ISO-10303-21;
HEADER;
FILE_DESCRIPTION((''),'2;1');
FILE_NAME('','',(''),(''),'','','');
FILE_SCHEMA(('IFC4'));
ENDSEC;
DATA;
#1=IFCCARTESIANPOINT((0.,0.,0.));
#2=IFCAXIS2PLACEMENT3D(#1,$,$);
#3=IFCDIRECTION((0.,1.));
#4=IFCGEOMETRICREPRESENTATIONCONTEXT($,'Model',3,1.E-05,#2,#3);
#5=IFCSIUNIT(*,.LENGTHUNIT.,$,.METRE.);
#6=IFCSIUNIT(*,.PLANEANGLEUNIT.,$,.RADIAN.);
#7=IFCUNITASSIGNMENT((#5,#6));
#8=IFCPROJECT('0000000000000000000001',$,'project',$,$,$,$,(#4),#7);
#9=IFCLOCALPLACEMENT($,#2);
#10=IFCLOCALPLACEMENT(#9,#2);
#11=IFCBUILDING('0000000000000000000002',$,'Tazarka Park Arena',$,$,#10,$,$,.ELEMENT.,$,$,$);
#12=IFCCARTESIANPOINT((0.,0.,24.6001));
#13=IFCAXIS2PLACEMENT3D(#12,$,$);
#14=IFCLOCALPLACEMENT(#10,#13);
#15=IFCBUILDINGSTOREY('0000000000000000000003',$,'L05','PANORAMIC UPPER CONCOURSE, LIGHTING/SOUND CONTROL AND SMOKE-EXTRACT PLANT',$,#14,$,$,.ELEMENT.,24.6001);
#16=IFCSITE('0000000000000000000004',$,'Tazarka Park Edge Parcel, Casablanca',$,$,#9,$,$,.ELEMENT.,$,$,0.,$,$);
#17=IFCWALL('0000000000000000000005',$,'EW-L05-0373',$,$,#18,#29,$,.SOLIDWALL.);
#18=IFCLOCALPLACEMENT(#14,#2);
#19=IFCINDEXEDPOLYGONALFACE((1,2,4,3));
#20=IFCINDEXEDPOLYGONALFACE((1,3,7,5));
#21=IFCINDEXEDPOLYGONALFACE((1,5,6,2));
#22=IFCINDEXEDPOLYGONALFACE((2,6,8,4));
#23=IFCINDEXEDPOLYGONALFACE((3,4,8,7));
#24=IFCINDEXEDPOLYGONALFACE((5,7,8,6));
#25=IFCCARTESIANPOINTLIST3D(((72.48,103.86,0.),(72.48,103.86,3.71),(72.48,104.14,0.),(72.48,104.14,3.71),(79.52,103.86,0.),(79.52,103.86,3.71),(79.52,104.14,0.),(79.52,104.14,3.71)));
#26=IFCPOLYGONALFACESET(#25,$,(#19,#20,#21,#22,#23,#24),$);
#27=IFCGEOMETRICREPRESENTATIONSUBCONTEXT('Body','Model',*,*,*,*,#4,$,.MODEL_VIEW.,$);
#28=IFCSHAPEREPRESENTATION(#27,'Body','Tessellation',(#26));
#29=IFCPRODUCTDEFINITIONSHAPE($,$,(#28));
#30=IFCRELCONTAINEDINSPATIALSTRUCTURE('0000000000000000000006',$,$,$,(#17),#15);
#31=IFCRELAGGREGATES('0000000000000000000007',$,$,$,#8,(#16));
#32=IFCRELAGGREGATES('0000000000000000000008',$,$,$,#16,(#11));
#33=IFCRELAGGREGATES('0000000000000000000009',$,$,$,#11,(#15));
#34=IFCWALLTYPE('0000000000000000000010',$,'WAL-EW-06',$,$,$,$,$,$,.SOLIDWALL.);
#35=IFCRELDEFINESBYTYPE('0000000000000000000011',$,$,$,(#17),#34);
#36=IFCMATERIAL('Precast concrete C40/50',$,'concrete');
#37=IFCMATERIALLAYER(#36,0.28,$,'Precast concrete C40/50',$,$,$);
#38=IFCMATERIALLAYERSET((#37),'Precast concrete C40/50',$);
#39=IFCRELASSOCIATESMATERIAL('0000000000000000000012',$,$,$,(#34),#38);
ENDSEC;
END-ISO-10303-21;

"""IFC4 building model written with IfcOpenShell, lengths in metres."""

from ifc_helpers import new_model, si_unit, direction, frame, frame_2d, origin, place, context, subcontext, project, spatial, rectangle, extrude, material, layer, layer_set, type_object, element, save


model = new_model("IFC4")

# Units and contexts
model_context = context("Model", 3, precision=1e-05, world=origin(), true_north=direction((0.0, 1.0)))
body_context = subcontext(model_context, "Body", "Model", "MODEL_VIEW")
ifc_project = project(units=[si_unit("LENGTHUNIT", "METRE"), si_unit("PLANEANGLEUNIT", "RADIAN")], contexts=[model_context])

# Site, building, storey
site_placement = place(None, origin())
site = spatial("IfcSite", under=ifc_project, at=site_placement, Name="Tazarka Park Edge Parcel, Casablanca", CompositionType="ELEMENT", RefElevation=0.0)
building_placement = place(site_placement, origin())
building = spatial("IfcBuilding", under=site, at=building_placement, Name="Tazarka Park Arena", CompositionType="ELEMENT")
storey_placement = place(building_placement, frame((0.0, 0.0, 24.6001)))
storey = spatial("IfcBuildingStorey", under=building, at=storey_placement, Name="L05", Description="PANORAMIC UPPER CONCOURSE, LIGHTING/SOUND CONTROL AND SMOKE-EXTRACT PLANT", CompositionType="ELEMENT", Elevation=24.6001)

# Wall
ifc_material_1 = material(Name="Precast concrete C40/50", Category="concrete")
ifc_layer_1 = layer(ifc_material_1, 0.28, Name="Precast concrete C40/50")
ifc_layer_set_1 = layer_set([ifc_layer_1], Name="Precast concrete C40/50")
wall_type_1 = type_object("IfcWallType", Name="WAL-EW-06", PredefinedType="SOLIDWALL", material=ifc_layer_set_1)
wall_1_placement = place(storey_placement, frame((72.48, 104.0, 0.0), z_axis=(0.0, 0.0, 1.0), x_axis=(1.0, 0.0, 0.0)))
element("IfcWall", 1, at=wall_1_placement, inside=storey, type_object=wall_type_1, Name="EW-L05-0373", PredefinedType="SOLIDWALL", context=body_context, shape_type="SweptSolid", body=[
    extrude(rectangle(XDim=7.04, YDim=0.28, at=frame_2d((3.52, 0.0))), origin(), (0.0, 0.0, 1.0), 3.71),
])

save(model, "model.ifc")
